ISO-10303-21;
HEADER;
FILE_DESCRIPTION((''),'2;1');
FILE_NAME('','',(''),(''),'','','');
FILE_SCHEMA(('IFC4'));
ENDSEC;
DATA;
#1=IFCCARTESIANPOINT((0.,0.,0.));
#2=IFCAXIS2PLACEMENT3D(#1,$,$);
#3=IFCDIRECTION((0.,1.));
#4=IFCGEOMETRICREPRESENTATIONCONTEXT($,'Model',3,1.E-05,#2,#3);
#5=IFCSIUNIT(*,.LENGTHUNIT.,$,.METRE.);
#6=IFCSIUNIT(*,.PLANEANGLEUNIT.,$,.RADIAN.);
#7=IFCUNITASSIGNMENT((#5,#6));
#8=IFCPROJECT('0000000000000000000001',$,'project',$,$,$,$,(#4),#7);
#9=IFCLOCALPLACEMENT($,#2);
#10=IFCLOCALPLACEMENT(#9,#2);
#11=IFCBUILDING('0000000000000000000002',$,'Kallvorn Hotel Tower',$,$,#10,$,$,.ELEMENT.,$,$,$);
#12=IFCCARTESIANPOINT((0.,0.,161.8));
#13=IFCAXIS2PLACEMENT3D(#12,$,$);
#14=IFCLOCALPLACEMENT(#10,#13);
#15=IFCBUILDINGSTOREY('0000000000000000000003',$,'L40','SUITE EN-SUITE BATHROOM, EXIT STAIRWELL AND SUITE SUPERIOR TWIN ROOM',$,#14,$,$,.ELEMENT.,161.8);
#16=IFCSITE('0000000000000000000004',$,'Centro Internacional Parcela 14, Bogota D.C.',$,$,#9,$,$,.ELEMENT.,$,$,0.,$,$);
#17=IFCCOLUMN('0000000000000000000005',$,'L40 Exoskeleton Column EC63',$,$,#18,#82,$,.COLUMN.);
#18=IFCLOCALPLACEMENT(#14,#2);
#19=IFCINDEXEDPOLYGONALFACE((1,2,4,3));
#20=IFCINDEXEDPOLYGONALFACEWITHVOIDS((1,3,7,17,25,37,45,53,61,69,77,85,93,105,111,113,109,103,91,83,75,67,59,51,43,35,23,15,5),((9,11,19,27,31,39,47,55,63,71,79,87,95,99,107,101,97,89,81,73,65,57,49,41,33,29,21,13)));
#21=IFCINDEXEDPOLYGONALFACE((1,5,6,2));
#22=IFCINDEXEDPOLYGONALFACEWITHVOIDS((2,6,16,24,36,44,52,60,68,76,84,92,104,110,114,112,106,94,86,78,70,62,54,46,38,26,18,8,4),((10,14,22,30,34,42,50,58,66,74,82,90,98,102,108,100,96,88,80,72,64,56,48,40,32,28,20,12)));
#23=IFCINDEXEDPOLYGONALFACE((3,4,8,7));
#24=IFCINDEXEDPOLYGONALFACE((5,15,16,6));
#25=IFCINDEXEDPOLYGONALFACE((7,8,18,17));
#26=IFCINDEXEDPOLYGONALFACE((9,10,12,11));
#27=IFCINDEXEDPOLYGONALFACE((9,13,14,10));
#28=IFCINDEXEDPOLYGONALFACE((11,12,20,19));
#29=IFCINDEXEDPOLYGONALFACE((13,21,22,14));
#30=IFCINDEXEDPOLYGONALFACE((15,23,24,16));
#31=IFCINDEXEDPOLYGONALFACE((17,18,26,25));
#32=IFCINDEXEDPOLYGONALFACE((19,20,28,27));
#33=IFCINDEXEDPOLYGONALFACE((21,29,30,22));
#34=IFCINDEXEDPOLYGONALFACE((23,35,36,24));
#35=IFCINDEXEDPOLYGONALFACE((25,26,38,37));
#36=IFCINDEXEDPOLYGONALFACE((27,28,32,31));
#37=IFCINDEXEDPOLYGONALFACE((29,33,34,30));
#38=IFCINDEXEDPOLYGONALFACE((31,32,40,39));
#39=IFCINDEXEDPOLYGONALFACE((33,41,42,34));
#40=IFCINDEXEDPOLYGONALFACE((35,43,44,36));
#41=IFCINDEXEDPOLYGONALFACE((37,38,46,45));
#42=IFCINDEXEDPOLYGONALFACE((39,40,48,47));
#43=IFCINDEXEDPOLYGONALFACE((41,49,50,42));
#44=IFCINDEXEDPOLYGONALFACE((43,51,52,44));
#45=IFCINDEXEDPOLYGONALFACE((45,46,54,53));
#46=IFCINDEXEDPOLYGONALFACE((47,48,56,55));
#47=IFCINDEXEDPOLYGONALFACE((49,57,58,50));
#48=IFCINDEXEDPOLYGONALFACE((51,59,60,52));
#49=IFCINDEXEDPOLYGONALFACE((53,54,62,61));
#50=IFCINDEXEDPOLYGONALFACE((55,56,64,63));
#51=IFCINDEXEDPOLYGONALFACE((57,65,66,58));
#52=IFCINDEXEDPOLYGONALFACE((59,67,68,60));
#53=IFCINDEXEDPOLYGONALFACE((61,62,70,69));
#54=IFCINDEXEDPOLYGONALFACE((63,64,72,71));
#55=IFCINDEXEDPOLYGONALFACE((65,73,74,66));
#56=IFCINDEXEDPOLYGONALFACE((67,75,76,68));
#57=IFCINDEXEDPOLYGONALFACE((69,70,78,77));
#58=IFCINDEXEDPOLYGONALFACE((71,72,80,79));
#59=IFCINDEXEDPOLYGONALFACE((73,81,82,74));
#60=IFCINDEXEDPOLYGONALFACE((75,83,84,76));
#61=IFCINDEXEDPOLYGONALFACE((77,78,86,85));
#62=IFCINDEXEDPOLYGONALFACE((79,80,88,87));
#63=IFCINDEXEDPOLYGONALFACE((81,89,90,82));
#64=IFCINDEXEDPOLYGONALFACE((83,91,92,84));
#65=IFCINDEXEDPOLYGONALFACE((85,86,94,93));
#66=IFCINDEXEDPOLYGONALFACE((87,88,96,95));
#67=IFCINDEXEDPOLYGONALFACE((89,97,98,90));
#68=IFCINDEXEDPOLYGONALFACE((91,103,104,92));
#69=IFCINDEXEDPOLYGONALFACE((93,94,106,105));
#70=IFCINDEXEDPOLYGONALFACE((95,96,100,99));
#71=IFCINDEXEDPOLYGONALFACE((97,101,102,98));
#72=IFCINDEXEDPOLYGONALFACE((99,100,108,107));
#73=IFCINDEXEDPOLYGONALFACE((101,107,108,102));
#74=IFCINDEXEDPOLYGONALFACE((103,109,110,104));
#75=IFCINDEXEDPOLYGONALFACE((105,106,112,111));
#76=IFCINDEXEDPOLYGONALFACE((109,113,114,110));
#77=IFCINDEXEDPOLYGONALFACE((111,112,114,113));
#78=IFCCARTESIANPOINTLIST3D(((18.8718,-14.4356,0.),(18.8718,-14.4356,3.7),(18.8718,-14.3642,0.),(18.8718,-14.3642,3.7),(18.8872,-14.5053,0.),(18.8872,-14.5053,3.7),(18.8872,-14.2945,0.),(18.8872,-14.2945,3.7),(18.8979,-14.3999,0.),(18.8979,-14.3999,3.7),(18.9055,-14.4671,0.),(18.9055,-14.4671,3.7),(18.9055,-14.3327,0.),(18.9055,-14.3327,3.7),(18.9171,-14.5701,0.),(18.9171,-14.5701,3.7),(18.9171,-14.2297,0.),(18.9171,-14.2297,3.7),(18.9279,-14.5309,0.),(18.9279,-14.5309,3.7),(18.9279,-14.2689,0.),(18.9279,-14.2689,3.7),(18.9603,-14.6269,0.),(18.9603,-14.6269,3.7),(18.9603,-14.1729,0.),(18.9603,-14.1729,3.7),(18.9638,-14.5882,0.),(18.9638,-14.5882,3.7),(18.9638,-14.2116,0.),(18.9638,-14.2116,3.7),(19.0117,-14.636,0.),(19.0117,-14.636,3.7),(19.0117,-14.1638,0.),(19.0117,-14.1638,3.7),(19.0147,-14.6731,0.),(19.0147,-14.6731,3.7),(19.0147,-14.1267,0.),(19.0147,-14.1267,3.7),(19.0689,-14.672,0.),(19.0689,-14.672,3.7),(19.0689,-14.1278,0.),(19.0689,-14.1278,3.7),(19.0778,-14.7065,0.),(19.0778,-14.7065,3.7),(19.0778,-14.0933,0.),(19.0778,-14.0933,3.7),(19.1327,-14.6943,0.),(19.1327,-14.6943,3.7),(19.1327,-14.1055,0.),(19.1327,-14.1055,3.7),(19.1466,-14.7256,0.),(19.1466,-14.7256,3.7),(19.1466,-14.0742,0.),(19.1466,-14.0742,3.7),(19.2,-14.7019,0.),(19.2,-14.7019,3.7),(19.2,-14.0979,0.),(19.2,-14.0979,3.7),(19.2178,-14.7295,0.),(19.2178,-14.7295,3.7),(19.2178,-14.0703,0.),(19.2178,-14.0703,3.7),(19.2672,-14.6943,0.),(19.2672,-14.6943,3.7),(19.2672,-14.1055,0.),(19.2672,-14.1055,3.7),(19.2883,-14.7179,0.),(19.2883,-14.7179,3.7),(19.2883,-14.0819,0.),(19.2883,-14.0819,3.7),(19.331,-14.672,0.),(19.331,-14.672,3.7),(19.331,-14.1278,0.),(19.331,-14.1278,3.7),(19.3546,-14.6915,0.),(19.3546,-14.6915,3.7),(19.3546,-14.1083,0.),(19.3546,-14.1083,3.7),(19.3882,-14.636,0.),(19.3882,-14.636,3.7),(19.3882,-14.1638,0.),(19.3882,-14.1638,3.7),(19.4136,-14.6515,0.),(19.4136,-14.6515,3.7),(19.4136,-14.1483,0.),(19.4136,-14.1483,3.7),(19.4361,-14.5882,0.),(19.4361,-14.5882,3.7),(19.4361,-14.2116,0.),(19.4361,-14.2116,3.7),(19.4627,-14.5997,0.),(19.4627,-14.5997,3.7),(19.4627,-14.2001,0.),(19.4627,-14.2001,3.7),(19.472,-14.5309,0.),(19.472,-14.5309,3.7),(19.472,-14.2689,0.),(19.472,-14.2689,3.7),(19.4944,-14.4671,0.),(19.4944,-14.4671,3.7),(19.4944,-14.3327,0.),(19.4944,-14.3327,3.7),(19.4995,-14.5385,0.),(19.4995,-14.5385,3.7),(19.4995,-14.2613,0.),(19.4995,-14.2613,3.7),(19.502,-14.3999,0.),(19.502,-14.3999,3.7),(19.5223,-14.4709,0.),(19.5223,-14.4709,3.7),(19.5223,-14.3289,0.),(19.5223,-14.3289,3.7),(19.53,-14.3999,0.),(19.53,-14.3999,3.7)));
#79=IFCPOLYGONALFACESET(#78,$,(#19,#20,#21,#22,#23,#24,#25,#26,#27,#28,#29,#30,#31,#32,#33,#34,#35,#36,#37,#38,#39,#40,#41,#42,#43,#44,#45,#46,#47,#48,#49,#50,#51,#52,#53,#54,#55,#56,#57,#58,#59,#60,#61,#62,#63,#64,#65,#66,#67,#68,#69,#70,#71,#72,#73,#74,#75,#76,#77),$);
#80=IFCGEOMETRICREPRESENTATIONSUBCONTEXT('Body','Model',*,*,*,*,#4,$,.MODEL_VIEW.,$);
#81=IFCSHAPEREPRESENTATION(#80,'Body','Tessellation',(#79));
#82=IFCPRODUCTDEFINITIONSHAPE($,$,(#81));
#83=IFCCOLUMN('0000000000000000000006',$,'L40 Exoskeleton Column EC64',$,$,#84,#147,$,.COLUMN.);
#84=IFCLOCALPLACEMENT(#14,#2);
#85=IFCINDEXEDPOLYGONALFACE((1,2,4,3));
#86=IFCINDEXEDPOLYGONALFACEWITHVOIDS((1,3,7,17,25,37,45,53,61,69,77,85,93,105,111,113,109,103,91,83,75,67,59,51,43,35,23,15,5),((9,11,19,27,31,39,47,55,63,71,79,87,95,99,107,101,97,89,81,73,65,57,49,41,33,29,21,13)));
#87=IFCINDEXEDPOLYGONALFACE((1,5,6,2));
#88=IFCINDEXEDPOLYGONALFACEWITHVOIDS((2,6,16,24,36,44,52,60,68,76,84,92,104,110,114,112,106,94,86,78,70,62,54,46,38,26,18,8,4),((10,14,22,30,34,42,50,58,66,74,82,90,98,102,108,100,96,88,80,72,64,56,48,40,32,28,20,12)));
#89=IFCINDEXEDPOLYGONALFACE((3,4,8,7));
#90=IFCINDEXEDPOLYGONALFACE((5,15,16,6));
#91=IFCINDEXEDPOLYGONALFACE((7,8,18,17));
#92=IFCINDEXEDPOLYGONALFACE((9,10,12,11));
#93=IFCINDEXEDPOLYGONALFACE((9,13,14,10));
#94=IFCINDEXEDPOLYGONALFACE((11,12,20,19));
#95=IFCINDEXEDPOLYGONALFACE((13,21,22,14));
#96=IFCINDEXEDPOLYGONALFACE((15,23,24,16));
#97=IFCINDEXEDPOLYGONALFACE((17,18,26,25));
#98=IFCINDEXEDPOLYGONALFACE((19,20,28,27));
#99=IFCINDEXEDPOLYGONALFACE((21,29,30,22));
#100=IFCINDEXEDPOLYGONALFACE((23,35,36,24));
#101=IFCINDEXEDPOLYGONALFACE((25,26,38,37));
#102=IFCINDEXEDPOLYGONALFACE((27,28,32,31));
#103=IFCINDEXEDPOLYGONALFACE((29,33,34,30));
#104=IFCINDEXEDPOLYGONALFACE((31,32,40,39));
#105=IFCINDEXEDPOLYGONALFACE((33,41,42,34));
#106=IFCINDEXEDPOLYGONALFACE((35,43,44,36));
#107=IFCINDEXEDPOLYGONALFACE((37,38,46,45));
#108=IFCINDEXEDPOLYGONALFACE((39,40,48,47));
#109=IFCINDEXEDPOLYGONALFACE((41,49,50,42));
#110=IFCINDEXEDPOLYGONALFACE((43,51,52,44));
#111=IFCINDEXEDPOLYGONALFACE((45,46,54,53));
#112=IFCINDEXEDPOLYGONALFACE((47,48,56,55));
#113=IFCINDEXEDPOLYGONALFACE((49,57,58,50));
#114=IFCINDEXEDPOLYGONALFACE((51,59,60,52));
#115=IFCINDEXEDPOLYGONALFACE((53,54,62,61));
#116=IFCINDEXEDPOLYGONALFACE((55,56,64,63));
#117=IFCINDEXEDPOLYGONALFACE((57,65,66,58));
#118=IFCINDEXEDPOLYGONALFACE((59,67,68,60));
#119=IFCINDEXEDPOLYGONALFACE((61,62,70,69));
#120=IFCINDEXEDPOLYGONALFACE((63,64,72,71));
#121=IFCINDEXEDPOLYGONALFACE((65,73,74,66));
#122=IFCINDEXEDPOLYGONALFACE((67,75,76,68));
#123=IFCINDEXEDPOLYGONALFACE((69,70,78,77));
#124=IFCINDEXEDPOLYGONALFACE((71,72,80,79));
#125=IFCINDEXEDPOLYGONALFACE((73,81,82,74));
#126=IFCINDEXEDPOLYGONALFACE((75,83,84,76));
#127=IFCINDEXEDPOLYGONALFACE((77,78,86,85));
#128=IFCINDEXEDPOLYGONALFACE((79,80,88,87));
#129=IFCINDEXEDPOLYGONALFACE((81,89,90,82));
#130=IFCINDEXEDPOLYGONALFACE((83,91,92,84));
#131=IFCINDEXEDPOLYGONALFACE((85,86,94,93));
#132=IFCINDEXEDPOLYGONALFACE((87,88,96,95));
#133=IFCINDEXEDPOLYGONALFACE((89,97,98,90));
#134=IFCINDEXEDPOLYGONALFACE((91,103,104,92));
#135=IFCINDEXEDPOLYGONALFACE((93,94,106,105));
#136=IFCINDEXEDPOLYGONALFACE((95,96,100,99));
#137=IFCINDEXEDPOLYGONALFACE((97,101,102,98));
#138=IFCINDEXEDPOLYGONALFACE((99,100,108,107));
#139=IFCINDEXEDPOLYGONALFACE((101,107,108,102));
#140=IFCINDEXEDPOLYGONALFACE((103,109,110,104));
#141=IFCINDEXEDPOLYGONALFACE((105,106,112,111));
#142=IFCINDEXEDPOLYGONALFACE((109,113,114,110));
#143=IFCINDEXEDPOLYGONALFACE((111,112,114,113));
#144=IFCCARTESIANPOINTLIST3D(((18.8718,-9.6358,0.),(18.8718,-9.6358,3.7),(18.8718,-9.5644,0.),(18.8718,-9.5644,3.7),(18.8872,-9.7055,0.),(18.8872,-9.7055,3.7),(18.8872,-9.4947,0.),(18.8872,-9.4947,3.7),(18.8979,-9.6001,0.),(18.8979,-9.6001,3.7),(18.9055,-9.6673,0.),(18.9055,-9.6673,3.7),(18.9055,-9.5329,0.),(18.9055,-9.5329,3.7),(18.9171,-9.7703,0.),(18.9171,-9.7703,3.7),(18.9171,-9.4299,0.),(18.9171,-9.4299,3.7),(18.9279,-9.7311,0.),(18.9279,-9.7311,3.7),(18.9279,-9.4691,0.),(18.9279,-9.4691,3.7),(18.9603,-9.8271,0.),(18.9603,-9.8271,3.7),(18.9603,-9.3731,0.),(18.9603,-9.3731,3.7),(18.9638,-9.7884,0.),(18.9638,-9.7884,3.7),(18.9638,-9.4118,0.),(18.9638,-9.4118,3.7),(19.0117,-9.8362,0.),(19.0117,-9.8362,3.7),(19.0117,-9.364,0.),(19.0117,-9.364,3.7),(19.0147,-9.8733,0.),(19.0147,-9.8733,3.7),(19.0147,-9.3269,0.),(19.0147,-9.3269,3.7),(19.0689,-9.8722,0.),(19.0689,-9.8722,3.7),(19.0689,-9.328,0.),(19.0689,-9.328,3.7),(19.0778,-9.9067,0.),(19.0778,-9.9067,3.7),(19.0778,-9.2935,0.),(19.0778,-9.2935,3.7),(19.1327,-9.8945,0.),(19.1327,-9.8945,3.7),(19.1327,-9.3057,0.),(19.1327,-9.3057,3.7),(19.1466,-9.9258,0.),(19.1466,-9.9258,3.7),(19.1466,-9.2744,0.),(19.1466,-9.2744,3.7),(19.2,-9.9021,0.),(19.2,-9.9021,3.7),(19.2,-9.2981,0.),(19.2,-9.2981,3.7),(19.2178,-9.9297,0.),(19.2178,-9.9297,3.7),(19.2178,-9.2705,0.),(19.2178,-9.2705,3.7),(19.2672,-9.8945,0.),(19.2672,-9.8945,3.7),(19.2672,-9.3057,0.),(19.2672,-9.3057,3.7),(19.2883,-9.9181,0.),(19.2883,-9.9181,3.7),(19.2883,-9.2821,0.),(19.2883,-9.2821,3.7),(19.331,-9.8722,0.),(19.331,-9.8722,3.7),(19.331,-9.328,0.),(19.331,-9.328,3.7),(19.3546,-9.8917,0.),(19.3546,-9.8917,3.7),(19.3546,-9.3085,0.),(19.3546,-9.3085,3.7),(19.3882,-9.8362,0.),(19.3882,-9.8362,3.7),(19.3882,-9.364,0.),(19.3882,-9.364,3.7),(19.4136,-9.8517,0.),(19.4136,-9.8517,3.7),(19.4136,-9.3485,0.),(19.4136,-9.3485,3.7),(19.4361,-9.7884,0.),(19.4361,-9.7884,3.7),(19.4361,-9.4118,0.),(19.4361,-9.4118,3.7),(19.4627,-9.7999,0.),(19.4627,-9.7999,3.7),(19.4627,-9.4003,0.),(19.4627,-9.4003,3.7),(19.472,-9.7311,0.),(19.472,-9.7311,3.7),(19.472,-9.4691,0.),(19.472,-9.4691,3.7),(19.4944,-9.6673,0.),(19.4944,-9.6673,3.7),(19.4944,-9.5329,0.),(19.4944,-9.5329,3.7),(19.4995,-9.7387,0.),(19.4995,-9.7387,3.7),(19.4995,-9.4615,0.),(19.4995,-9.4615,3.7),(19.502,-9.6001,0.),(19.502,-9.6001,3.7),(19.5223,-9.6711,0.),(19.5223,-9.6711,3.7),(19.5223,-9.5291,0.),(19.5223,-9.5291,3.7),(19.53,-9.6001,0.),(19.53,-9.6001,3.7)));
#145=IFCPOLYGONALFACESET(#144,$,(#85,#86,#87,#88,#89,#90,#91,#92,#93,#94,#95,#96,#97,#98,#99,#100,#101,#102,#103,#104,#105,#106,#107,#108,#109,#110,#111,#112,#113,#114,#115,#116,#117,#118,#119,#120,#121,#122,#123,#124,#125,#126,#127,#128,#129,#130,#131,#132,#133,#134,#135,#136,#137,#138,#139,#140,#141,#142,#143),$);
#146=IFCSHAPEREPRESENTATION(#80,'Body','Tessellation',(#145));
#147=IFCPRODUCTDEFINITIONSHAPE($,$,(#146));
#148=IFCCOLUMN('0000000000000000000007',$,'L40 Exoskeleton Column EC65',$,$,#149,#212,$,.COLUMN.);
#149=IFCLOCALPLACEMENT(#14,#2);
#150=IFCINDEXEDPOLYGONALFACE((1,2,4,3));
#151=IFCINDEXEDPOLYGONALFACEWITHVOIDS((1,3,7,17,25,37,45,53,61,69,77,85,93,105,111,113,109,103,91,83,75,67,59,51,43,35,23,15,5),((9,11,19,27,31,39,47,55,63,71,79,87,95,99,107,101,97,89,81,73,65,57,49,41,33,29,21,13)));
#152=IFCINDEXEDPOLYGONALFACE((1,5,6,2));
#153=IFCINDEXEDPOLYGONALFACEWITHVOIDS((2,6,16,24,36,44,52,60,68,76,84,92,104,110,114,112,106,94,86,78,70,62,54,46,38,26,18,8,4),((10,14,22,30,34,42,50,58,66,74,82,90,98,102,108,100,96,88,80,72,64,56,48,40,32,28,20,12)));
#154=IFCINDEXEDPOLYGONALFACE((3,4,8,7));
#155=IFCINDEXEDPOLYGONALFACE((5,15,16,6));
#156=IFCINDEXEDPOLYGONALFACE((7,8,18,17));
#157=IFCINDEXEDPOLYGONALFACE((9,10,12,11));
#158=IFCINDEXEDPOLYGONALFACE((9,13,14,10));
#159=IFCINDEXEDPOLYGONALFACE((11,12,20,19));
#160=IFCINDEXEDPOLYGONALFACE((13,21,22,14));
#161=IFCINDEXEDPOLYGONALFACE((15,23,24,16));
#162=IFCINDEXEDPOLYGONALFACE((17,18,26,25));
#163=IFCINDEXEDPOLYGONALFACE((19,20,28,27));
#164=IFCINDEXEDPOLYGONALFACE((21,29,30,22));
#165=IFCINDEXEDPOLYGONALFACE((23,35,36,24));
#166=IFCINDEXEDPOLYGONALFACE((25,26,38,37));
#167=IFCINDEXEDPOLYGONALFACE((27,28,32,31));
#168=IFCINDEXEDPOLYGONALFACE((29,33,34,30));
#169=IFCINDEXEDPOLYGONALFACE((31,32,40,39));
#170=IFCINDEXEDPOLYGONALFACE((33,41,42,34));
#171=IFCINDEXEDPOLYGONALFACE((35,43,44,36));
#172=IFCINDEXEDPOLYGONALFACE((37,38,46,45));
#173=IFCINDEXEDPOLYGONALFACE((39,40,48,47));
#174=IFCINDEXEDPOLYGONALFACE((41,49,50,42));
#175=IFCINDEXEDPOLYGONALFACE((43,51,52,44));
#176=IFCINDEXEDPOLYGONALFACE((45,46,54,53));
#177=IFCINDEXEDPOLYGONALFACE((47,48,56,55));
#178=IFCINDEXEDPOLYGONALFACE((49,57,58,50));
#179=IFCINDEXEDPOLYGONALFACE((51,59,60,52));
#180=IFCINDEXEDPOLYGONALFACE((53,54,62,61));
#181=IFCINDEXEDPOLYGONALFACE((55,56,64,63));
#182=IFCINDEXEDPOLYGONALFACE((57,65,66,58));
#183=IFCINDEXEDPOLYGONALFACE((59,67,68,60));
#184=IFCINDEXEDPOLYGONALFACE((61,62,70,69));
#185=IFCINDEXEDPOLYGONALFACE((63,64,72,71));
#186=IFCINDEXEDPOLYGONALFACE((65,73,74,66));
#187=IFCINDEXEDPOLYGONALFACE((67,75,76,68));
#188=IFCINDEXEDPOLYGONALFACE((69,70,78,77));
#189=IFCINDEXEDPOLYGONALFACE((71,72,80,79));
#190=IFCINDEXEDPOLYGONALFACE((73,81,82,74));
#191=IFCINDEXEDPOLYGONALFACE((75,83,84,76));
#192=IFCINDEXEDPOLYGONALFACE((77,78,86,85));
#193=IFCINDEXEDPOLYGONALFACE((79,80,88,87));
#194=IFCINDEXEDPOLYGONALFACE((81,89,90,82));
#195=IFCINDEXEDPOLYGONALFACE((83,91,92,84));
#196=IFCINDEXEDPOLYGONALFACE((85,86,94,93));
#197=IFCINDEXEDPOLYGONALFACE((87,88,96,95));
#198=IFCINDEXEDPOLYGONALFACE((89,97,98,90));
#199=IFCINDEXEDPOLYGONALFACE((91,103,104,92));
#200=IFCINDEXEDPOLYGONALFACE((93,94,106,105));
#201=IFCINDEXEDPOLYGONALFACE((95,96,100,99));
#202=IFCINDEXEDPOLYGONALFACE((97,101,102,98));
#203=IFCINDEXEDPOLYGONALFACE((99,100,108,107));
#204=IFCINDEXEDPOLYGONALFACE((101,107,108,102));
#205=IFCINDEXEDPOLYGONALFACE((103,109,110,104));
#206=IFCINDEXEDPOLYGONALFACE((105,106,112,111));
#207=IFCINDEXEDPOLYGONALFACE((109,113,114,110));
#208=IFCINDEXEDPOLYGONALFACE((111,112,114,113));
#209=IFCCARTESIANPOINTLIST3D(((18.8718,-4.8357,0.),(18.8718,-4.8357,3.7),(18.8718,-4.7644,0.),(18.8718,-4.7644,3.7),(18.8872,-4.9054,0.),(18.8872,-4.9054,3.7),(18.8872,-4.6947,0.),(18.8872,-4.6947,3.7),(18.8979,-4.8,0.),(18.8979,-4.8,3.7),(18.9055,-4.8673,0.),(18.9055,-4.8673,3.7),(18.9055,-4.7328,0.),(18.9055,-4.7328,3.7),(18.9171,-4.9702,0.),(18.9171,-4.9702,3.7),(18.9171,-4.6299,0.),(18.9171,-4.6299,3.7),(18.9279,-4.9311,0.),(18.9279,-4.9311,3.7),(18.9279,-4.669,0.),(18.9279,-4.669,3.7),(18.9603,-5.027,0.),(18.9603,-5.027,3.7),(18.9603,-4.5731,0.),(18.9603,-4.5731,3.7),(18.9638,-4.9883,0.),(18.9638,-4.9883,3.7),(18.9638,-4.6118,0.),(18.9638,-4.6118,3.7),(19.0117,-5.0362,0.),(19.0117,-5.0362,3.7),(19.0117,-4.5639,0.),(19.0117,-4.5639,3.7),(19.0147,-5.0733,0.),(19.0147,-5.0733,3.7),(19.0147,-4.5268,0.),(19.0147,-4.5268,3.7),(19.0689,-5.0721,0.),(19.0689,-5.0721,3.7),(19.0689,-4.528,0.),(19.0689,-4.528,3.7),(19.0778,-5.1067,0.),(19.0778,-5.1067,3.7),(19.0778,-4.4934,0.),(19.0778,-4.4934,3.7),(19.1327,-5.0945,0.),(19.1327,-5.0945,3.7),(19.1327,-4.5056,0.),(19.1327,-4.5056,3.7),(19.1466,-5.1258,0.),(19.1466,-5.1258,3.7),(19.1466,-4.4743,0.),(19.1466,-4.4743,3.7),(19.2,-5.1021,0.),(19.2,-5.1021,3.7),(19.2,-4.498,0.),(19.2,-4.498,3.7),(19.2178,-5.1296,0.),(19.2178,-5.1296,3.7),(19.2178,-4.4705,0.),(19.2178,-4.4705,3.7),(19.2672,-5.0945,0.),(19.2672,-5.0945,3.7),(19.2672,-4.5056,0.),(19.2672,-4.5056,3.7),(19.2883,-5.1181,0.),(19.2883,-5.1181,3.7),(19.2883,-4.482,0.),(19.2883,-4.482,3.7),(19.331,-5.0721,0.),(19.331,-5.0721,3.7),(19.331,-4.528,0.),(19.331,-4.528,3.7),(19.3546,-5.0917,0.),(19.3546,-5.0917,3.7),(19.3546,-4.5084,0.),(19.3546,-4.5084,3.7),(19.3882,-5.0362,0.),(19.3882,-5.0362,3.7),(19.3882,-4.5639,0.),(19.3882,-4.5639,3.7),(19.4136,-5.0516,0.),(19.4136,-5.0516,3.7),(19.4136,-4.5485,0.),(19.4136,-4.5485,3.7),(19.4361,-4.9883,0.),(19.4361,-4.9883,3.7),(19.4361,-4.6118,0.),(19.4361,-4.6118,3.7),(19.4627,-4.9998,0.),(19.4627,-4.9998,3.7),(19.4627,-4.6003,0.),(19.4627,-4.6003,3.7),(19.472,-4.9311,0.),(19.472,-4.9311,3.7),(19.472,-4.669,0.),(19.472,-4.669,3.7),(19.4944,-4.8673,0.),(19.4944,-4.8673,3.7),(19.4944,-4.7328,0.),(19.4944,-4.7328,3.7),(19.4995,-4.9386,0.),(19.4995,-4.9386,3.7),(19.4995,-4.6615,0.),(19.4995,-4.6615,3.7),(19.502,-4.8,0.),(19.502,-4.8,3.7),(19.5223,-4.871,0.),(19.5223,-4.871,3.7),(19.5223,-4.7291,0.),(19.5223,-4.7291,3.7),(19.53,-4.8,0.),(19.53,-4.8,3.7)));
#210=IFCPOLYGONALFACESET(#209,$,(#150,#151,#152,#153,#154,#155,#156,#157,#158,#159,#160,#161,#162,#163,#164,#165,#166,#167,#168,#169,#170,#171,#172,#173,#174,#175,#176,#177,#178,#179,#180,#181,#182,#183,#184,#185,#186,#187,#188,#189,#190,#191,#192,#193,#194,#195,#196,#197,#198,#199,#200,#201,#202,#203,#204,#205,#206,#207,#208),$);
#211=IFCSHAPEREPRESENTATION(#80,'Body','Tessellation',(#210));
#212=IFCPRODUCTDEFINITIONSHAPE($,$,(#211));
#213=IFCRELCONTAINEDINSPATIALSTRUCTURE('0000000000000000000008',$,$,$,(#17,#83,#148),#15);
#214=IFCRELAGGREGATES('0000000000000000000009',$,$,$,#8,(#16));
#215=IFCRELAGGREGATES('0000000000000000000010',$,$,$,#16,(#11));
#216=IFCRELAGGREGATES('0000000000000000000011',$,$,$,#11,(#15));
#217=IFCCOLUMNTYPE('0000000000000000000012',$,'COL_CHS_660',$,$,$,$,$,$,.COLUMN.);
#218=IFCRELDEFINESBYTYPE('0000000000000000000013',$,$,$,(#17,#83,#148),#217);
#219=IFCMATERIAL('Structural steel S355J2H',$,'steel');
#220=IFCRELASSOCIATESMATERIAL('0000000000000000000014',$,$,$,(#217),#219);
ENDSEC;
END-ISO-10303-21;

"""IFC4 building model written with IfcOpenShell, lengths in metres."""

from ifc_helpers import new_model, si_unit, direction, frame, origin, origin_2d, place, context, subcontext, project, spatial, hollow_circle, extrude, material, material_profile, profile_set, type_object, element, save


model = new_model("IFC4")

# Units and contexts
model_context = context("Model", 3, precision=1e-05, world=origin(), true_north=direction((0.0, 1.0)))
body_context = subcontext(model_context, "Body", "Model", "MODEL_VIEW")
ifc_project = project(units=[si_unit("LENGTHUNIT", "METRE"), si_unit("PLANEANGLEUNIT", "RADIAN")], contexts=[model_context])

# Site, building, storey
site_placement = place(None, origin())
site = spatial("IfcSite", under=ifc_project, at=site_placement, Name="Centro Internacional Parcela 14, Bogota D.C.", CompositionType="ELEMENT", RefElevation=0.0)
building_placement = place(site_placement, origin())
building = spatial("IfcBuilding", under=site, at=building_placement, Name="Kallvorn Hotel Tower", CompositionType="ELEMENT")
storey_placement = place(building_placement, frame((0.0, 0.0, 161.8)))
storey = spatial("IfcBuildingStorey", under=building, at=storey_placement, Name="L40", Description="SUITE EN-SUITE BATHROOM, EXIT STAIRWELL AND SUITE SUPERIOR TWIN ROOM", CompositionType="ELEMENT", Elevation=161.8)

# Columns
ifc_material_1 = material(Name="Structural steel S355J2H", Category="steel")
ifc_material_profile_1 = material_profile(ifc_material_1, hollow_circle(Radius=0.3301, WallThickness=0.0281, at=origin_2d()), Name="CHS 660x28")
ifc_profile_set_1 = profile_set([ifc_material_profile_1], Name="Structural steel S355J2H")
column_type_1 = type_object("IfcColumnType", Name="COL_CHS_660", PredefinedType="COLUMN", material=ifc_profile_set_1)
for number, where, z_axis, x_axis, name in (
    (1, (19.2, -14.3999, 0.0), (0.0, 0.0, 1.0), (1.0, 0.0, 0.0), "L40 Exoskeleton Column EC63"),
    (2, (19.2, -9.6001, 0.0), (0.0, 0.0, 1.0), (1.0, 0.0, 0.0), "L40 Exoskeleton Column EC64"),
    (3, (19.2, -4.8, 0.0), (0.0, 0.0, 1.0), (1.0, 0.0, 0.0), "L40 Exoskeleton Column EC65"),
):
    element("IfcColumn", number, at=place(storey_placement, frame(where, z_axis=z_axis, x_axis=x_axis)), inside=storey, type_object=column_type_1, Name=name, PredefinedType="COLUMN", context=body_context, shape_type="SweptSolid", body=[
        extrude(hollow_circle(Radius=0.3301, WallThickness=0.0281, at=origin_2d()), origin(), (0.0, 0.0, 1.0), 3.7),
    ])

save(model, "model.ifc")
